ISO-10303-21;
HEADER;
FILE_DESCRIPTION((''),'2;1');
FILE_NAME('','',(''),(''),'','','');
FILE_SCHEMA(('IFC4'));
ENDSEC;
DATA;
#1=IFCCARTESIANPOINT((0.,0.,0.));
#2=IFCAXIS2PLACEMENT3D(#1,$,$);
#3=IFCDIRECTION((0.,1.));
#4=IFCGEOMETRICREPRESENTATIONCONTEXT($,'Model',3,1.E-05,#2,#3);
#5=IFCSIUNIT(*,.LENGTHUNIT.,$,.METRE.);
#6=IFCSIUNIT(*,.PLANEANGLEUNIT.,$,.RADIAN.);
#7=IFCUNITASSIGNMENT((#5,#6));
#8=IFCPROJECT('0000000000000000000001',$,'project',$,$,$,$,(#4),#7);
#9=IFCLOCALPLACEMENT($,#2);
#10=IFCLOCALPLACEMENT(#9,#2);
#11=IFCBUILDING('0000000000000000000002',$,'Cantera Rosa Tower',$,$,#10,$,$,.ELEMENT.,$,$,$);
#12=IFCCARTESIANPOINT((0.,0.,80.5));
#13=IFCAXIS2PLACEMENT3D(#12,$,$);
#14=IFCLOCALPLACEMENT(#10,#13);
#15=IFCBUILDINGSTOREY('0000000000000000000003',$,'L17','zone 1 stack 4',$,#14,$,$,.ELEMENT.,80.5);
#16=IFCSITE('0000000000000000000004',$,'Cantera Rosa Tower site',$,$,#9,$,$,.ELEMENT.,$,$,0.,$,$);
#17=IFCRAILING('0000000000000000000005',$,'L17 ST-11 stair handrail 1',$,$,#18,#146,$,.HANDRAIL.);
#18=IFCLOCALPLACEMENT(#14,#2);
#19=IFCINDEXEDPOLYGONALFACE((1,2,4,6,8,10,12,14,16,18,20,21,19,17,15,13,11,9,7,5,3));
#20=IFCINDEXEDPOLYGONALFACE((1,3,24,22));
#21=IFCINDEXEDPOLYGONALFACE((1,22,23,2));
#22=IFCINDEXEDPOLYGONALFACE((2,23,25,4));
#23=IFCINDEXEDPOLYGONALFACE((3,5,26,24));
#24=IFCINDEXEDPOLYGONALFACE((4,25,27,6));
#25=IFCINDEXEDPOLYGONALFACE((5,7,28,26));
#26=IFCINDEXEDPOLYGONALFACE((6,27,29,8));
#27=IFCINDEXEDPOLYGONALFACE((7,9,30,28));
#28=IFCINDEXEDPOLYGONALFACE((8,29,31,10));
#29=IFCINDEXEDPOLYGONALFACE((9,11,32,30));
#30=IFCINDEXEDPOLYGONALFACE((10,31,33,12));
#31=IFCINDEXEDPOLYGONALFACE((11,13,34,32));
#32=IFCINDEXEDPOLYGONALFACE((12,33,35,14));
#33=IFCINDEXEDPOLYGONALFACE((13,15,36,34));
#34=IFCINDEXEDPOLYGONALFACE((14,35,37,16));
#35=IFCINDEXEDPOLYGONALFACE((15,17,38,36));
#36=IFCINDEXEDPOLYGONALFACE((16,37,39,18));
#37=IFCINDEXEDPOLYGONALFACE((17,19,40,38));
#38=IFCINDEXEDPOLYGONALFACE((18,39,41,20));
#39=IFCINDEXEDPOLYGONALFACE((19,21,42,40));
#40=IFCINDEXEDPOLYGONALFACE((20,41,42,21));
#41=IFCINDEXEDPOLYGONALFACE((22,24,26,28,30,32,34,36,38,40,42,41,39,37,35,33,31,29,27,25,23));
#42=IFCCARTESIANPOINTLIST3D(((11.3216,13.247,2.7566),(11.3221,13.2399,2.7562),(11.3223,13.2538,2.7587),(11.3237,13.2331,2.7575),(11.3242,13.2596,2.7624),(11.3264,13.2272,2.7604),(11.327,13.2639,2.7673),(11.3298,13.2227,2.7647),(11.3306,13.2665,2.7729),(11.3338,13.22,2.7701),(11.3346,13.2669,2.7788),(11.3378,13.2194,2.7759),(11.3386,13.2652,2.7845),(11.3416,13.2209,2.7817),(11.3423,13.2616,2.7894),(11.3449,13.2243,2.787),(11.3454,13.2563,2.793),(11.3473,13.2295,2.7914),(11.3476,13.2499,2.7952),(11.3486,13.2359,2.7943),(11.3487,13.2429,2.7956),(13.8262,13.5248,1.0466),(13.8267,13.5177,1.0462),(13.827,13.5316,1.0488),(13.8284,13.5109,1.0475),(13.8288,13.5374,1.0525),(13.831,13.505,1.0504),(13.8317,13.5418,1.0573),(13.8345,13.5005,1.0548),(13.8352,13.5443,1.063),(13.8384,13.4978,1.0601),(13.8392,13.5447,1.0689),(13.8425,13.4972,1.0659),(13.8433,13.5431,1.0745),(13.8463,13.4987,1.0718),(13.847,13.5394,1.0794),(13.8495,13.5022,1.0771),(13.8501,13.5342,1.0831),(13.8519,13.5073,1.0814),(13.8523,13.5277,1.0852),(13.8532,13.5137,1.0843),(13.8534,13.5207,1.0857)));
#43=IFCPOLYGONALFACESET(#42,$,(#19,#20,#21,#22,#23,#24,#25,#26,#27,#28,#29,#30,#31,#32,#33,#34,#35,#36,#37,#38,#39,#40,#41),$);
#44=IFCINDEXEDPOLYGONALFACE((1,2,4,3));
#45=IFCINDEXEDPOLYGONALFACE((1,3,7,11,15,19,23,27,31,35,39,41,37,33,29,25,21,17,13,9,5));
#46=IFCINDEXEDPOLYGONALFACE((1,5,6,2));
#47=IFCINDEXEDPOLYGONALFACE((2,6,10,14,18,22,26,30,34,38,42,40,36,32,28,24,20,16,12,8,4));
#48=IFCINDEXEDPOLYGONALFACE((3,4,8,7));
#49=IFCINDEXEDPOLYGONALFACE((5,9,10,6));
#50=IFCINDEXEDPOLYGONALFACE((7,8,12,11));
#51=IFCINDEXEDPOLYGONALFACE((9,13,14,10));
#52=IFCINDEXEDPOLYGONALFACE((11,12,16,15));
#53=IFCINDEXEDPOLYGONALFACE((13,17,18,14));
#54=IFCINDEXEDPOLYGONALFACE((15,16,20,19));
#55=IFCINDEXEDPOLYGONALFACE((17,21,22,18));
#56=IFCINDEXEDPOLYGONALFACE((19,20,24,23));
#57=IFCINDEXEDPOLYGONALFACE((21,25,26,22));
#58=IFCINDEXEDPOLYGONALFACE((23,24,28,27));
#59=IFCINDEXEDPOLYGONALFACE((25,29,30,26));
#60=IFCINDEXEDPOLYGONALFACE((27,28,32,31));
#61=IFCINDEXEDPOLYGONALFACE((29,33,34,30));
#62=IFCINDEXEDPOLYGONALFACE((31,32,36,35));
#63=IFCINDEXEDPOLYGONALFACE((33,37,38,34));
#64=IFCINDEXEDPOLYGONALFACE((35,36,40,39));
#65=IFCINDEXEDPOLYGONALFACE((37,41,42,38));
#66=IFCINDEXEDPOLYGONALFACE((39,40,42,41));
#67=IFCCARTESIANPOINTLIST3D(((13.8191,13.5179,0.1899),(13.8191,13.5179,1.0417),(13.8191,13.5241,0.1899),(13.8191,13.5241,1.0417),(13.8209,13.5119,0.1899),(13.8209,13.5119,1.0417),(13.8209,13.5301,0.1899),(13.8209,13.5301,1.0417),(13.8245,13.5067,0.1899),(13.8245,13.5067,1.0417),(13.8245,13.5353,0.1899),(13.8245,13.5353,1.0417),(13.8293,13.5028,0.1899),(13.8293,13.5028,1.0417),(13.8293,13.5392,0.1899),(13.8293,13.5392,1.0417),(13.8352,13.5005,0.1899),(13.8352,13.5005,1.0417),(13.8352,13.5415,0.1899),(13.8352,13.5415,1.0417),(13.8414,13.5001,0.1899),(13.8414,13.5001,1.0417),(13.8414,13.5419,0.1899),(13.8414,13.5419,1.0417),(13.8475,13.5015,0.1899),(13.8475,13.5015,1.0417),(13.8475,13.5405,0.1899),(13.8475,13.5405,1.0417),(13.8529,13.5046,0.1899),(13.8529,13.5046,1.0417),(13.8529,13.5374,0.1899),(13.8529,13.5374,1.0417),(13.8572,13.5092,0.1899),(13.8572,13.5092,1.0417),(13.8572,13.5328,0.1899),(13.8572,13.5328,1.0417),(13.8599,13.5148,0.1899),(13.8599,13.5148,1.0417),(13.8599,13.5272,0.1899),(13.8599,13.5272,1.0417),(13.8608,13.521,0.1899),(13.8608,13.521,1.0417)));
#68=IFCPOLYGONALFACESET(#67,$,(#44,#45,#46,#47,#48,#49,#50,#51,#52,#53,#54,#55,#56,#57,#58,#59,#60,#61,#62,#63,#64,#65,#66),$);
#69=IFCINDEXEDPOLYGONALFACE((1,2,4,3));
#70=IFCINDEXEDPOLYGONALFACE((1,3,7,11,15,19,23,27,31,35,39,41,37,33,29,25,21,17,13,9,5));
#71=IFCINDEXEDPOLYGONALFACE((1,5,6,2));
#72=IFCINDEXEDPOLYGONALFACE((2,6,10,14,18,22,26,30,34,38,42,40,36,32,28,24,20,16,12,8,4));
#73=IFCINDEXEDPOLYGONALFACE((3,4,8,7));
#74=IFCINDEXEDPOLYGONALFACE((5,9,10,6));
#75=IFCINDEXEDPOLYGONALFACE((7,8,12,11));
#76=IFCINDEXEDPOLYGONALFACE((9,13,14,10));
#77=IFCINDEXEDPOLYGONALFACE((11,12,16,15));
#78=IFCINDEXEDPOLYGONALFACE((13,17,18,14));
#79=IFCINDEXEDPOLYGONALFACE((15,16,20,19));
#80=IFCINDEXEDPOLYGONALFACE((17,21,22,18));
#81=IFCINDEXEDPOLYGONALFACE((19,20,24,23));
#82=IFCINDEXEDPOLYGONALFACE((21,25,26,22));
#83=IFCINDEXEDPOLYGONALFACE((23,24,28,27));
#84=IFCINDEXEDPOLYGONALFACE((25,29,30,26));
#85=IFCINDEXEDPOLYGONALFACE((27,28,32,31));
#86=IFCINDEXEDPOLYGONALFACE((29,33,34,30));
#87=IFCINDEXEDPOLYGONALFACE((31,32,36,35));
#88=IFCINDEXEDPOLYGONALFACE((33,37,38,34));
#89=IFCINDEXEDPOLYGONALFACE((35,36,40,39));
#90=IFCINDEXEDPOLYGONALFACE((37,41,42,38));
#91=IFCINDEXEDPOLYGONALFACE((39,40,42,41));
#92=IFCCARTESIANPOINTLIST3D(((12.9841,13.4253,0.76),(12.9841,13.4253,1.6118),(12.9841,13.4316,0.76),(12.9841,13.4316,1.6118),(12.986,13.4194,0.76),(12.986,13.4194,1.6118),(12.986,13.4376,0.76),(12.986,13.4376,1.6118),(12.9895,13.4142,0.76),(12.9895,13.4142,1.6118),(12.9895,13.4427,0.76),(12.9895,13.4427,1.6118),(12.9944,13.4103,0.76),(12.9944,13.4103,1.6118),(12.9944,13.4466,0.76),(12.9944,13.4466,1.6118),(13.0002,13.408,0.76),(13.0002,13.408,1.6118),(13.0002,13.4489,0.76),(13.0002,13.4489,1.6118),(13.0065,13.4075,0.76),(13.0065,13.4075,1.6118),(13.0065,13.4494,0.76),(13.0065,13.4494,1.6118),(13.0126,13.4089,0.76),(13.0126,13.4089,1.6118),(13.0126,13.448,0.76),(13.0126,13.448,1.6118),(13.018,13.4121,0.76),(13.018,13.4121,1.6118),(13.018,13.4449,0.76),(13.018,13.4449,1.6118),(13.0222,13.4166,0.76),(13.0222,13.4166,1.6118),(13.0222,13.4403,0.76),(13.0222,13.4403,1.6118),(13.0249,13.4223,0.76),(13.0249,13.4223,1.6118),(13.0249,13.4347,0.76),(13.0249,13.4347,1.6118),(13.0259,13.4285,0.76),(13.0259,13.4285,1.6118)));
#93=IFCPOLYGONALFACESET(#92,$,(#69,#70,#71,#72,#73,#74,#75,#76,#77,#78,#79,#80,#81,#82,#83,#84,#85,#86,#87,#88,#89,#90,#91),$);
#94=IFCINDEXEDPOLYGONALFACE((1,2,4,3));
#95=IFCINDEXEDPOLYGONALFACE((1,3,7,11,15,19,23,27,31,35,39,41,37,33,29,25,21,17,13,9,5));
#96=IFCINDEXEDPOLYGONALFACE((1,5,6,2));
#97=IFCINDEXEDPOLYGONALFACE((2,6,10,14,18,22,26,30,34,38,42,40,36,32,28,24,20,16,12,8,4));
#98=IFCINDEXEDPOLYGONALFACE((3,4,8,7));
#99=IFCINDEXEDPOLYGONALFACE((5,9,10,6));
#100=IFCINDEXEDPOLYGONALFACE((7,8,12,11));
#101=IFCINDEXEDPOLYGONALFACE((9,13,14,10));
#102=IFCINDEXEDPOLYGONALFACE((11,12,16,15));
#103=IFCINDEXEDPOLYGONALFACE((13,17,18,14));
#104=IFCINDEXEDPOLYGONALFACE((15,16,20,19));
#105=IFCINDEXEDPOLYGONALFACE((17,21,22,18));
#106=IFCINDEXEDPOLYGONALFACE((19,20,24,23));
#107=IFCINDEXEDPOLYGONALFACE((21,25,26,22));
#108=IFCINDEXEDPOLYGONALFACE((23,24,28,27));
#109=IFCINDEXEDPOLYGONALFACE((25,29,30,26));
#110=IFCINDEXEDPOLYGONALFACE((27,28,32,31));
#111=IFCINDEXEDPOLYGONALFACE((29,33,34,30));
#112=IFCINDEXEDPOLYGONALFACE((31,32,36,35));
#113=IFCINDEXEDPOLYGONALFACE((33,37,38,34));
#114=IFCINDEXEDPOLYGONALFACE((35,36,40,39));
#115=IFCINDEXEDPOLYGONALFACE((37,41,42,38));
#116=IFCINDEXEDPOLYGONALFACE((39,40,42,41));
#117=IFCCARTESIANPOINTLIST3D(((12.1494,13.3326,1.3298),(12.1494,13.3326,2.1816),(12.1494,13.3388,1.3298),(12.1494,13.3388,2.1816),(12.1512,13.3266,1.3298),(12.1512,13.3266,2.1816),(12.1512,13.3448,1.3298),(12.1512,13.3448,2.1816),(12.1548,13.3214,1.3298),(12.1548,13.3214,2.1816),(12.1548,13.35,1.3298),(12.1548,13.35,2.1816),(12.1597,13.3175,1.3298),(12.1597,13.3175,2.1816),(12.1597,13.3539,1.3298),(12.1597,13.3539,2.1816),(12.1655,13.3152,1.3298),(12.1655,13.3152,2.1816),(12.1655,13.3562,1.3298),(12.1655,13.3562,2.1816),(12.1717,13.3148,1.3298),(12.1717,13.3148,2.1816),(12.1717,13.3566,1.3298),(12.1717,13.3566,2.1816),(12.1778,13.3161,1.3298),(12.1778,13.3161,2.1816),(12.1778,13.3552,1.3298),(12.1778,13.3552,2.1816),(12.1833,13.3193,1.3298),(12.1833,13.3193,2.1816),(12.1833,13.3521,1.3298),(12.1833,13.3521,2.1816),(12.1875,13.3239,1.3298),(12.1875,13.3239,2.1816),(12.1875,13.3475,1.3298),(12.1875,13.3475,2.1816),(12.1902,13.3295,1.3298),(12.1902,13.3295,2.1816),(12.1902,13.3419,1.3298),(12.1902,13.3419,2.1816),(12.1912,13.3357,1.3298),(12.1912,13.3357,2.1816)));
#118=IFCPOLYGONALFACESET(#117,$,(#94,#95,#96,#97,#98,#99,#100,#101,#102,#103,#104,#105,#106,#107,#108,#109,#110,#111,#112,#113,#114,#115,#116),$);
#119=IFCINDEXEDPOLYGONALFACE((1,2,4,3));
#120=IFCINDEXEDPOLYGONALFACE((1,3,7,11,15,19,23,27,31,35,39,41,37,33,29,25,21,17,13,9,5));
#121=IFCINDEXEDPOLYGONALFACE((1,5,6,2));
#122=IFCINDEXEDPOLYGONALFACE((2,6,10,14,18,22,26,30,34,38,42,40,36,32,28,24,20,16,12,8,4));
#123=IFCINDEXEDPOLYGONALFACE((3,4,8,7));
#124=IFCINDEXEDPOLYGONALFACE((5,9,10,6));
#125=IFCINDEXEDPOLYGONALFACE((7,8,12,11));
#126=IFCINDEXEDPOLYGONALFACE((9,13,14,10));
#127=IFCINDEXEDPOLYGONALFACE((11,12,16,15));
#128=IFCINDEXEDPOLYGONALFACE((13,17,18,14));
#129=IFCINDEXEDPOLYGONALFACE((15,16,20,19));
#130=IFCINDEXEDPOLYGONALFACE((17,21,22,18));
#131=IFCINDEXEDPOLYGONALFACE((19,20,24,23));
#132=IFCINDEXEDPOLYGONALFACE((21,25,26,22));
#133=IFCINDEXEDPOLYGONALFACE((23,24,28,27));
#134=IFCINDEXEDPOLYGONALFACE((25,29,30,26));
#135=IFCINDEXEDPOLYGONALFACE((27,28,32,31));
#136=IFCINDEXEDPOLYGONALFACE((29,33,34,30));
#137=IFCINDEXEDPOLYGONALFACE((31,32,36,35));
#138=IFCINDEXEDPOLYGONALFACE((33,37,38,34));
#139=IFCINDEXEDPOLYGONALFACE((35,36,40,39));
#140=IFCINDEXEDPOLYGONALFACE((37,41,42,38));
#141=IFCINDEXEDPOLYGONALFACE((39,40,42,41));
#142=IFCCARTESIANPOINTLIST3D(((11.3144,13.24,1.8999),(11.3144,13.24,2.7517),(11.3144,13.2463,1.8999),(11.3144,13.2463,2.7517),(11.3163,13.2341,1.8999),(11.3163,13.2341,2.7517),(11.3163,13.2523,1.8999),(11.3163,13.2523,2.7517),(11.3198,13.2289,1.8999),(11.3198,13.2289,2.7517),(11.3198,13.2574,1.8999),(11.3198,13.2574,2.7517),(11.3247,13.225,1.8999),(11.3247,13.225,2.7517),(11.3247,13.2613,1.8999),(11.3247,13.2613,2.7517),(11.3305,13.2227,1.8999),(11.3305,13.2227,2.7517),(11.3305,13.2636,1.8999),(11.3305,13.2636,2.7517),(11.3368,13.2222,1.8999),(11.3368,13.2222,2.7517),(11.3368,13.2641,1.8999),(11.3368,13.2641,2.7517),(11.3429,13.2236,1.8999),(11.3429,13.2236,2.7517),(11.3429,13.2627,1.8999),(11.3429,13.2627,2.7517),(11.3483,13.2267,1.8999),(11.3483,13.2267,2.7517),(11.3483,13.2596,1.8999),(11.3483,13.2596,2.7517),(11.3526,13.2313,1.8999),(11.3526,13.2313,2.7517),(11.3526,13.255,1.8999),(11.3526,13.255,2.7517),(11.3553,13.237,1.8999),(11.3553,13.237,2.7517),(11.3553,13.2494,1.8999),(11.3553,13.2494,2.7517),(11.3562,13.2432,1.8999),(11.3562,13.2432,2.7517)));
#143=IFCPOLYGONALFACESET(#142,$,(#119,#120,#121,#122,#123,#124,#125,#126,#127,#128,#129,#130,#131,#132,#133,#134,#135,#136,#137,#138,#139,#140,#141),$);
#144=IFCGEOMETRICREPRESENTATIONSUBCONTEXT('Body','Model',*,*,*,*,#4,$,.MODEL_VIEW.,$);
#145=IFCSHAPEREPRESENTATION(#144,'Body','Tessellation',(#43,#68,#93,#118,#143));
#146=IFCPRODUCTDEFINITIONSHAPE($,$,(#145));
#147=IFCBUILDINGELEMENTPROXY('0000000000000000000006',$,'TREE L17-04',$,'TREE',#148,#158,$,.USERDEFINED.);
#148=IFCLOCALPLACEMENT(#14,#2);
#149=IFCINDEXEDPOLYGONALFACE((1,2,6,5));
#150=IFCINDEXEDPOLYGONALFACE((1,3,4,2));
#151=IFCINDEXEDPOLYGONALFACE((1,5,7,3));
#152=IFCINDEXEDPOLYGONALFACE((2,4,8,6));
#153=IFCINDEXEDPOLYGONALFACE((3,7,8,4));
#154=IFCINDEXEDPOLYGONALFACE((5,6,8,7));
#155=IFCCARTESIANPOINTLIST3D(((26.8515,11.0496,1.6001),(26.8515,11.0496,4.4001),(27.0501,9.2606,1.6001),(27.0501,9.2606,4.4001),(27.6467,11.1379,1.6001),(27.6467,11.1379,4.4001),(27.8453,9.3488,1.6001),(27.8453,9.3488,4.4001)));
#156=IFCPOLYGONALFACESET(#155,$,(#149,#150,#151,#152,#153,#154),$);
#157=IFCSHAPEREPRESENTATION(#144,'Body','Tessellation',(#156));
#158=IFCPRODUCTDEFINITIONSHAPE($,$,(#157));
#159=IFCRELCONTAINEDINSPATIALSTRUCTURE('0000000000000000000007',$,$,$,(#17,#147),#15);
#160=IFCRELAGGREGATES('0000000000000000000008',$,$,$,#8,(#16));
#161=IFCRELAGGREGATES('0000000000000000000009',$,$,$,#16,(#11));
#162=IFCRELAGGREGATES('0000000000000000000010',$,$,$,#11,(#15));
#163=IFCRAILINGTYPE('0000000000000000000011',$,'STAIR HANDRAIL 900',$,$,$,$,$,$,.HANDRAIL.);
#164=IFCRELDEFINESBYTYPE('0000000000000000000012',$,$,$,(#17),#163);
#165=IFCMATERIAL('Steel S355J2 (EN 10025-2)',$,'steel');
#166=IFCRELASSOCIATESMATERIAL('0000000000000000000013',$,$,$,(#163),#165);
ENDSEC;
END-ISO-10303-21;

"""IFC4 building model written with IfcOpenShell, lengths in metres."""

from ifc_helpers import new_model, si_unit, direction, frame, origin, origin_2d, place, context, subcontext, project, spatial, rectangle, circle, extrude, material, type_object, element, save


model = new_model("IFC4")

# Units and contexts
model_context = context("Model", 3, precision=1e-05, world=origin(), true_north=direction((0.0, 1.0)))
body_context = subcontext(model_context, "Body", "Model", "MODEL_VIEW")
ifc_project = project(units=[si_unit("LENGTHUNIT", "METRE"), si_unit("PLANEANGLEUNIT", "RADIAN")], contexts=[model_context])

# Site, building, storey
site_placement = place(None, origin())
site = spatial("IfcSite", under=ifc_project, at=site_placement, Name="Cantera Rosa Tower site", CompositionType="ELEMENT", RefElevation=0.0)
building_placement = place(site_placement, origin())
building = spatial("IfcBuilding", under=site, at=building_placement, Name="Cantera Rosa Tower", CompositionType="ELEMENT")
storey_placement = place(building_placement, frame((0.0, 0.0, 80.5)))
storey = spatial("IfcBuildingStorey", under=building, at=storey_placement, Name="L17", Description="zone 1 stack 4", CompositionType="ELEMENT", Elevation=80.5)

# Railing
ifc_material_1 = material(Name="Steel S355J2 (EN 10025-2)", Category="steel")
railing_type_1 = type_object("IfcRailingType", Name="STAIR HANDRAIL 900", PredefinedType="HANDRAIL", material=ifc_material_1)
railing_1_placement = place(storey_placement, frame((13.8398, 13.521, 0.1899)))
element("IfcRailing", 1, at=railing_1_placement, inside=storey, type_object=railing_type_1, Name="L17 ST-11 stair handrail 1", PredefinedType="HANDRAIL", context=body_context, shape_type="SweptSolid", body=[
    extrude(circle(Radius=0.0239, at=origin_2d()), frame((0.0, 0.0, 0.876), z_axis=(-0.822437, -0.091231, 0.561492), x_axis=(0.110251, -0.993904, 0.0)), (0.0, 0.0, 1.0), 3.0454),
    extrude(circle(Radius=0.021, at=origin_2d()), origin(), (0.0, 0.0, 1.0), 0.8518),
    extrude(circle(Radius=0.021, at=origin_2d()), frame((-0.835, -0.0925, 0.5701)), (0.0, 0.0, 1.0), 0.8518),
    extrude(circle(Radius=0.021, at=origin_2d()), frame((-1.6697, -0.1853, 1.1399)), (0.0, 0.0, 1.0), 0.8518),
    extrude(circle(Radius=0.021, at=origin_2d()), frame((-2.5046, -0.2778, 1.71)), (0.0, 0.0, 1.0), 0.8518),
])

# Building element proxy
proxy_placement = place(storey_placement, frame((27.3484, 10.1992, 1.6001), z_axis=(0.0, 0.0, 1.0), x_axis=(-0.110313, 0.993897, 0.0)))
element("IfcBuildingElementProxy", 2, at=proxy_placement, inside=storey, Name="TREE L17-04", ObjectType="TREE", PredefinedType="USERDEFINED", context=body_context, shape_type="SweptSolid", body=[
    extrude(rectangle(XDim=1.8, YDim=0.8, at=origin_2d()), origin(), (0.0, 0.0, 1.0), 2.8),
])

save(model, "model.ifc")
